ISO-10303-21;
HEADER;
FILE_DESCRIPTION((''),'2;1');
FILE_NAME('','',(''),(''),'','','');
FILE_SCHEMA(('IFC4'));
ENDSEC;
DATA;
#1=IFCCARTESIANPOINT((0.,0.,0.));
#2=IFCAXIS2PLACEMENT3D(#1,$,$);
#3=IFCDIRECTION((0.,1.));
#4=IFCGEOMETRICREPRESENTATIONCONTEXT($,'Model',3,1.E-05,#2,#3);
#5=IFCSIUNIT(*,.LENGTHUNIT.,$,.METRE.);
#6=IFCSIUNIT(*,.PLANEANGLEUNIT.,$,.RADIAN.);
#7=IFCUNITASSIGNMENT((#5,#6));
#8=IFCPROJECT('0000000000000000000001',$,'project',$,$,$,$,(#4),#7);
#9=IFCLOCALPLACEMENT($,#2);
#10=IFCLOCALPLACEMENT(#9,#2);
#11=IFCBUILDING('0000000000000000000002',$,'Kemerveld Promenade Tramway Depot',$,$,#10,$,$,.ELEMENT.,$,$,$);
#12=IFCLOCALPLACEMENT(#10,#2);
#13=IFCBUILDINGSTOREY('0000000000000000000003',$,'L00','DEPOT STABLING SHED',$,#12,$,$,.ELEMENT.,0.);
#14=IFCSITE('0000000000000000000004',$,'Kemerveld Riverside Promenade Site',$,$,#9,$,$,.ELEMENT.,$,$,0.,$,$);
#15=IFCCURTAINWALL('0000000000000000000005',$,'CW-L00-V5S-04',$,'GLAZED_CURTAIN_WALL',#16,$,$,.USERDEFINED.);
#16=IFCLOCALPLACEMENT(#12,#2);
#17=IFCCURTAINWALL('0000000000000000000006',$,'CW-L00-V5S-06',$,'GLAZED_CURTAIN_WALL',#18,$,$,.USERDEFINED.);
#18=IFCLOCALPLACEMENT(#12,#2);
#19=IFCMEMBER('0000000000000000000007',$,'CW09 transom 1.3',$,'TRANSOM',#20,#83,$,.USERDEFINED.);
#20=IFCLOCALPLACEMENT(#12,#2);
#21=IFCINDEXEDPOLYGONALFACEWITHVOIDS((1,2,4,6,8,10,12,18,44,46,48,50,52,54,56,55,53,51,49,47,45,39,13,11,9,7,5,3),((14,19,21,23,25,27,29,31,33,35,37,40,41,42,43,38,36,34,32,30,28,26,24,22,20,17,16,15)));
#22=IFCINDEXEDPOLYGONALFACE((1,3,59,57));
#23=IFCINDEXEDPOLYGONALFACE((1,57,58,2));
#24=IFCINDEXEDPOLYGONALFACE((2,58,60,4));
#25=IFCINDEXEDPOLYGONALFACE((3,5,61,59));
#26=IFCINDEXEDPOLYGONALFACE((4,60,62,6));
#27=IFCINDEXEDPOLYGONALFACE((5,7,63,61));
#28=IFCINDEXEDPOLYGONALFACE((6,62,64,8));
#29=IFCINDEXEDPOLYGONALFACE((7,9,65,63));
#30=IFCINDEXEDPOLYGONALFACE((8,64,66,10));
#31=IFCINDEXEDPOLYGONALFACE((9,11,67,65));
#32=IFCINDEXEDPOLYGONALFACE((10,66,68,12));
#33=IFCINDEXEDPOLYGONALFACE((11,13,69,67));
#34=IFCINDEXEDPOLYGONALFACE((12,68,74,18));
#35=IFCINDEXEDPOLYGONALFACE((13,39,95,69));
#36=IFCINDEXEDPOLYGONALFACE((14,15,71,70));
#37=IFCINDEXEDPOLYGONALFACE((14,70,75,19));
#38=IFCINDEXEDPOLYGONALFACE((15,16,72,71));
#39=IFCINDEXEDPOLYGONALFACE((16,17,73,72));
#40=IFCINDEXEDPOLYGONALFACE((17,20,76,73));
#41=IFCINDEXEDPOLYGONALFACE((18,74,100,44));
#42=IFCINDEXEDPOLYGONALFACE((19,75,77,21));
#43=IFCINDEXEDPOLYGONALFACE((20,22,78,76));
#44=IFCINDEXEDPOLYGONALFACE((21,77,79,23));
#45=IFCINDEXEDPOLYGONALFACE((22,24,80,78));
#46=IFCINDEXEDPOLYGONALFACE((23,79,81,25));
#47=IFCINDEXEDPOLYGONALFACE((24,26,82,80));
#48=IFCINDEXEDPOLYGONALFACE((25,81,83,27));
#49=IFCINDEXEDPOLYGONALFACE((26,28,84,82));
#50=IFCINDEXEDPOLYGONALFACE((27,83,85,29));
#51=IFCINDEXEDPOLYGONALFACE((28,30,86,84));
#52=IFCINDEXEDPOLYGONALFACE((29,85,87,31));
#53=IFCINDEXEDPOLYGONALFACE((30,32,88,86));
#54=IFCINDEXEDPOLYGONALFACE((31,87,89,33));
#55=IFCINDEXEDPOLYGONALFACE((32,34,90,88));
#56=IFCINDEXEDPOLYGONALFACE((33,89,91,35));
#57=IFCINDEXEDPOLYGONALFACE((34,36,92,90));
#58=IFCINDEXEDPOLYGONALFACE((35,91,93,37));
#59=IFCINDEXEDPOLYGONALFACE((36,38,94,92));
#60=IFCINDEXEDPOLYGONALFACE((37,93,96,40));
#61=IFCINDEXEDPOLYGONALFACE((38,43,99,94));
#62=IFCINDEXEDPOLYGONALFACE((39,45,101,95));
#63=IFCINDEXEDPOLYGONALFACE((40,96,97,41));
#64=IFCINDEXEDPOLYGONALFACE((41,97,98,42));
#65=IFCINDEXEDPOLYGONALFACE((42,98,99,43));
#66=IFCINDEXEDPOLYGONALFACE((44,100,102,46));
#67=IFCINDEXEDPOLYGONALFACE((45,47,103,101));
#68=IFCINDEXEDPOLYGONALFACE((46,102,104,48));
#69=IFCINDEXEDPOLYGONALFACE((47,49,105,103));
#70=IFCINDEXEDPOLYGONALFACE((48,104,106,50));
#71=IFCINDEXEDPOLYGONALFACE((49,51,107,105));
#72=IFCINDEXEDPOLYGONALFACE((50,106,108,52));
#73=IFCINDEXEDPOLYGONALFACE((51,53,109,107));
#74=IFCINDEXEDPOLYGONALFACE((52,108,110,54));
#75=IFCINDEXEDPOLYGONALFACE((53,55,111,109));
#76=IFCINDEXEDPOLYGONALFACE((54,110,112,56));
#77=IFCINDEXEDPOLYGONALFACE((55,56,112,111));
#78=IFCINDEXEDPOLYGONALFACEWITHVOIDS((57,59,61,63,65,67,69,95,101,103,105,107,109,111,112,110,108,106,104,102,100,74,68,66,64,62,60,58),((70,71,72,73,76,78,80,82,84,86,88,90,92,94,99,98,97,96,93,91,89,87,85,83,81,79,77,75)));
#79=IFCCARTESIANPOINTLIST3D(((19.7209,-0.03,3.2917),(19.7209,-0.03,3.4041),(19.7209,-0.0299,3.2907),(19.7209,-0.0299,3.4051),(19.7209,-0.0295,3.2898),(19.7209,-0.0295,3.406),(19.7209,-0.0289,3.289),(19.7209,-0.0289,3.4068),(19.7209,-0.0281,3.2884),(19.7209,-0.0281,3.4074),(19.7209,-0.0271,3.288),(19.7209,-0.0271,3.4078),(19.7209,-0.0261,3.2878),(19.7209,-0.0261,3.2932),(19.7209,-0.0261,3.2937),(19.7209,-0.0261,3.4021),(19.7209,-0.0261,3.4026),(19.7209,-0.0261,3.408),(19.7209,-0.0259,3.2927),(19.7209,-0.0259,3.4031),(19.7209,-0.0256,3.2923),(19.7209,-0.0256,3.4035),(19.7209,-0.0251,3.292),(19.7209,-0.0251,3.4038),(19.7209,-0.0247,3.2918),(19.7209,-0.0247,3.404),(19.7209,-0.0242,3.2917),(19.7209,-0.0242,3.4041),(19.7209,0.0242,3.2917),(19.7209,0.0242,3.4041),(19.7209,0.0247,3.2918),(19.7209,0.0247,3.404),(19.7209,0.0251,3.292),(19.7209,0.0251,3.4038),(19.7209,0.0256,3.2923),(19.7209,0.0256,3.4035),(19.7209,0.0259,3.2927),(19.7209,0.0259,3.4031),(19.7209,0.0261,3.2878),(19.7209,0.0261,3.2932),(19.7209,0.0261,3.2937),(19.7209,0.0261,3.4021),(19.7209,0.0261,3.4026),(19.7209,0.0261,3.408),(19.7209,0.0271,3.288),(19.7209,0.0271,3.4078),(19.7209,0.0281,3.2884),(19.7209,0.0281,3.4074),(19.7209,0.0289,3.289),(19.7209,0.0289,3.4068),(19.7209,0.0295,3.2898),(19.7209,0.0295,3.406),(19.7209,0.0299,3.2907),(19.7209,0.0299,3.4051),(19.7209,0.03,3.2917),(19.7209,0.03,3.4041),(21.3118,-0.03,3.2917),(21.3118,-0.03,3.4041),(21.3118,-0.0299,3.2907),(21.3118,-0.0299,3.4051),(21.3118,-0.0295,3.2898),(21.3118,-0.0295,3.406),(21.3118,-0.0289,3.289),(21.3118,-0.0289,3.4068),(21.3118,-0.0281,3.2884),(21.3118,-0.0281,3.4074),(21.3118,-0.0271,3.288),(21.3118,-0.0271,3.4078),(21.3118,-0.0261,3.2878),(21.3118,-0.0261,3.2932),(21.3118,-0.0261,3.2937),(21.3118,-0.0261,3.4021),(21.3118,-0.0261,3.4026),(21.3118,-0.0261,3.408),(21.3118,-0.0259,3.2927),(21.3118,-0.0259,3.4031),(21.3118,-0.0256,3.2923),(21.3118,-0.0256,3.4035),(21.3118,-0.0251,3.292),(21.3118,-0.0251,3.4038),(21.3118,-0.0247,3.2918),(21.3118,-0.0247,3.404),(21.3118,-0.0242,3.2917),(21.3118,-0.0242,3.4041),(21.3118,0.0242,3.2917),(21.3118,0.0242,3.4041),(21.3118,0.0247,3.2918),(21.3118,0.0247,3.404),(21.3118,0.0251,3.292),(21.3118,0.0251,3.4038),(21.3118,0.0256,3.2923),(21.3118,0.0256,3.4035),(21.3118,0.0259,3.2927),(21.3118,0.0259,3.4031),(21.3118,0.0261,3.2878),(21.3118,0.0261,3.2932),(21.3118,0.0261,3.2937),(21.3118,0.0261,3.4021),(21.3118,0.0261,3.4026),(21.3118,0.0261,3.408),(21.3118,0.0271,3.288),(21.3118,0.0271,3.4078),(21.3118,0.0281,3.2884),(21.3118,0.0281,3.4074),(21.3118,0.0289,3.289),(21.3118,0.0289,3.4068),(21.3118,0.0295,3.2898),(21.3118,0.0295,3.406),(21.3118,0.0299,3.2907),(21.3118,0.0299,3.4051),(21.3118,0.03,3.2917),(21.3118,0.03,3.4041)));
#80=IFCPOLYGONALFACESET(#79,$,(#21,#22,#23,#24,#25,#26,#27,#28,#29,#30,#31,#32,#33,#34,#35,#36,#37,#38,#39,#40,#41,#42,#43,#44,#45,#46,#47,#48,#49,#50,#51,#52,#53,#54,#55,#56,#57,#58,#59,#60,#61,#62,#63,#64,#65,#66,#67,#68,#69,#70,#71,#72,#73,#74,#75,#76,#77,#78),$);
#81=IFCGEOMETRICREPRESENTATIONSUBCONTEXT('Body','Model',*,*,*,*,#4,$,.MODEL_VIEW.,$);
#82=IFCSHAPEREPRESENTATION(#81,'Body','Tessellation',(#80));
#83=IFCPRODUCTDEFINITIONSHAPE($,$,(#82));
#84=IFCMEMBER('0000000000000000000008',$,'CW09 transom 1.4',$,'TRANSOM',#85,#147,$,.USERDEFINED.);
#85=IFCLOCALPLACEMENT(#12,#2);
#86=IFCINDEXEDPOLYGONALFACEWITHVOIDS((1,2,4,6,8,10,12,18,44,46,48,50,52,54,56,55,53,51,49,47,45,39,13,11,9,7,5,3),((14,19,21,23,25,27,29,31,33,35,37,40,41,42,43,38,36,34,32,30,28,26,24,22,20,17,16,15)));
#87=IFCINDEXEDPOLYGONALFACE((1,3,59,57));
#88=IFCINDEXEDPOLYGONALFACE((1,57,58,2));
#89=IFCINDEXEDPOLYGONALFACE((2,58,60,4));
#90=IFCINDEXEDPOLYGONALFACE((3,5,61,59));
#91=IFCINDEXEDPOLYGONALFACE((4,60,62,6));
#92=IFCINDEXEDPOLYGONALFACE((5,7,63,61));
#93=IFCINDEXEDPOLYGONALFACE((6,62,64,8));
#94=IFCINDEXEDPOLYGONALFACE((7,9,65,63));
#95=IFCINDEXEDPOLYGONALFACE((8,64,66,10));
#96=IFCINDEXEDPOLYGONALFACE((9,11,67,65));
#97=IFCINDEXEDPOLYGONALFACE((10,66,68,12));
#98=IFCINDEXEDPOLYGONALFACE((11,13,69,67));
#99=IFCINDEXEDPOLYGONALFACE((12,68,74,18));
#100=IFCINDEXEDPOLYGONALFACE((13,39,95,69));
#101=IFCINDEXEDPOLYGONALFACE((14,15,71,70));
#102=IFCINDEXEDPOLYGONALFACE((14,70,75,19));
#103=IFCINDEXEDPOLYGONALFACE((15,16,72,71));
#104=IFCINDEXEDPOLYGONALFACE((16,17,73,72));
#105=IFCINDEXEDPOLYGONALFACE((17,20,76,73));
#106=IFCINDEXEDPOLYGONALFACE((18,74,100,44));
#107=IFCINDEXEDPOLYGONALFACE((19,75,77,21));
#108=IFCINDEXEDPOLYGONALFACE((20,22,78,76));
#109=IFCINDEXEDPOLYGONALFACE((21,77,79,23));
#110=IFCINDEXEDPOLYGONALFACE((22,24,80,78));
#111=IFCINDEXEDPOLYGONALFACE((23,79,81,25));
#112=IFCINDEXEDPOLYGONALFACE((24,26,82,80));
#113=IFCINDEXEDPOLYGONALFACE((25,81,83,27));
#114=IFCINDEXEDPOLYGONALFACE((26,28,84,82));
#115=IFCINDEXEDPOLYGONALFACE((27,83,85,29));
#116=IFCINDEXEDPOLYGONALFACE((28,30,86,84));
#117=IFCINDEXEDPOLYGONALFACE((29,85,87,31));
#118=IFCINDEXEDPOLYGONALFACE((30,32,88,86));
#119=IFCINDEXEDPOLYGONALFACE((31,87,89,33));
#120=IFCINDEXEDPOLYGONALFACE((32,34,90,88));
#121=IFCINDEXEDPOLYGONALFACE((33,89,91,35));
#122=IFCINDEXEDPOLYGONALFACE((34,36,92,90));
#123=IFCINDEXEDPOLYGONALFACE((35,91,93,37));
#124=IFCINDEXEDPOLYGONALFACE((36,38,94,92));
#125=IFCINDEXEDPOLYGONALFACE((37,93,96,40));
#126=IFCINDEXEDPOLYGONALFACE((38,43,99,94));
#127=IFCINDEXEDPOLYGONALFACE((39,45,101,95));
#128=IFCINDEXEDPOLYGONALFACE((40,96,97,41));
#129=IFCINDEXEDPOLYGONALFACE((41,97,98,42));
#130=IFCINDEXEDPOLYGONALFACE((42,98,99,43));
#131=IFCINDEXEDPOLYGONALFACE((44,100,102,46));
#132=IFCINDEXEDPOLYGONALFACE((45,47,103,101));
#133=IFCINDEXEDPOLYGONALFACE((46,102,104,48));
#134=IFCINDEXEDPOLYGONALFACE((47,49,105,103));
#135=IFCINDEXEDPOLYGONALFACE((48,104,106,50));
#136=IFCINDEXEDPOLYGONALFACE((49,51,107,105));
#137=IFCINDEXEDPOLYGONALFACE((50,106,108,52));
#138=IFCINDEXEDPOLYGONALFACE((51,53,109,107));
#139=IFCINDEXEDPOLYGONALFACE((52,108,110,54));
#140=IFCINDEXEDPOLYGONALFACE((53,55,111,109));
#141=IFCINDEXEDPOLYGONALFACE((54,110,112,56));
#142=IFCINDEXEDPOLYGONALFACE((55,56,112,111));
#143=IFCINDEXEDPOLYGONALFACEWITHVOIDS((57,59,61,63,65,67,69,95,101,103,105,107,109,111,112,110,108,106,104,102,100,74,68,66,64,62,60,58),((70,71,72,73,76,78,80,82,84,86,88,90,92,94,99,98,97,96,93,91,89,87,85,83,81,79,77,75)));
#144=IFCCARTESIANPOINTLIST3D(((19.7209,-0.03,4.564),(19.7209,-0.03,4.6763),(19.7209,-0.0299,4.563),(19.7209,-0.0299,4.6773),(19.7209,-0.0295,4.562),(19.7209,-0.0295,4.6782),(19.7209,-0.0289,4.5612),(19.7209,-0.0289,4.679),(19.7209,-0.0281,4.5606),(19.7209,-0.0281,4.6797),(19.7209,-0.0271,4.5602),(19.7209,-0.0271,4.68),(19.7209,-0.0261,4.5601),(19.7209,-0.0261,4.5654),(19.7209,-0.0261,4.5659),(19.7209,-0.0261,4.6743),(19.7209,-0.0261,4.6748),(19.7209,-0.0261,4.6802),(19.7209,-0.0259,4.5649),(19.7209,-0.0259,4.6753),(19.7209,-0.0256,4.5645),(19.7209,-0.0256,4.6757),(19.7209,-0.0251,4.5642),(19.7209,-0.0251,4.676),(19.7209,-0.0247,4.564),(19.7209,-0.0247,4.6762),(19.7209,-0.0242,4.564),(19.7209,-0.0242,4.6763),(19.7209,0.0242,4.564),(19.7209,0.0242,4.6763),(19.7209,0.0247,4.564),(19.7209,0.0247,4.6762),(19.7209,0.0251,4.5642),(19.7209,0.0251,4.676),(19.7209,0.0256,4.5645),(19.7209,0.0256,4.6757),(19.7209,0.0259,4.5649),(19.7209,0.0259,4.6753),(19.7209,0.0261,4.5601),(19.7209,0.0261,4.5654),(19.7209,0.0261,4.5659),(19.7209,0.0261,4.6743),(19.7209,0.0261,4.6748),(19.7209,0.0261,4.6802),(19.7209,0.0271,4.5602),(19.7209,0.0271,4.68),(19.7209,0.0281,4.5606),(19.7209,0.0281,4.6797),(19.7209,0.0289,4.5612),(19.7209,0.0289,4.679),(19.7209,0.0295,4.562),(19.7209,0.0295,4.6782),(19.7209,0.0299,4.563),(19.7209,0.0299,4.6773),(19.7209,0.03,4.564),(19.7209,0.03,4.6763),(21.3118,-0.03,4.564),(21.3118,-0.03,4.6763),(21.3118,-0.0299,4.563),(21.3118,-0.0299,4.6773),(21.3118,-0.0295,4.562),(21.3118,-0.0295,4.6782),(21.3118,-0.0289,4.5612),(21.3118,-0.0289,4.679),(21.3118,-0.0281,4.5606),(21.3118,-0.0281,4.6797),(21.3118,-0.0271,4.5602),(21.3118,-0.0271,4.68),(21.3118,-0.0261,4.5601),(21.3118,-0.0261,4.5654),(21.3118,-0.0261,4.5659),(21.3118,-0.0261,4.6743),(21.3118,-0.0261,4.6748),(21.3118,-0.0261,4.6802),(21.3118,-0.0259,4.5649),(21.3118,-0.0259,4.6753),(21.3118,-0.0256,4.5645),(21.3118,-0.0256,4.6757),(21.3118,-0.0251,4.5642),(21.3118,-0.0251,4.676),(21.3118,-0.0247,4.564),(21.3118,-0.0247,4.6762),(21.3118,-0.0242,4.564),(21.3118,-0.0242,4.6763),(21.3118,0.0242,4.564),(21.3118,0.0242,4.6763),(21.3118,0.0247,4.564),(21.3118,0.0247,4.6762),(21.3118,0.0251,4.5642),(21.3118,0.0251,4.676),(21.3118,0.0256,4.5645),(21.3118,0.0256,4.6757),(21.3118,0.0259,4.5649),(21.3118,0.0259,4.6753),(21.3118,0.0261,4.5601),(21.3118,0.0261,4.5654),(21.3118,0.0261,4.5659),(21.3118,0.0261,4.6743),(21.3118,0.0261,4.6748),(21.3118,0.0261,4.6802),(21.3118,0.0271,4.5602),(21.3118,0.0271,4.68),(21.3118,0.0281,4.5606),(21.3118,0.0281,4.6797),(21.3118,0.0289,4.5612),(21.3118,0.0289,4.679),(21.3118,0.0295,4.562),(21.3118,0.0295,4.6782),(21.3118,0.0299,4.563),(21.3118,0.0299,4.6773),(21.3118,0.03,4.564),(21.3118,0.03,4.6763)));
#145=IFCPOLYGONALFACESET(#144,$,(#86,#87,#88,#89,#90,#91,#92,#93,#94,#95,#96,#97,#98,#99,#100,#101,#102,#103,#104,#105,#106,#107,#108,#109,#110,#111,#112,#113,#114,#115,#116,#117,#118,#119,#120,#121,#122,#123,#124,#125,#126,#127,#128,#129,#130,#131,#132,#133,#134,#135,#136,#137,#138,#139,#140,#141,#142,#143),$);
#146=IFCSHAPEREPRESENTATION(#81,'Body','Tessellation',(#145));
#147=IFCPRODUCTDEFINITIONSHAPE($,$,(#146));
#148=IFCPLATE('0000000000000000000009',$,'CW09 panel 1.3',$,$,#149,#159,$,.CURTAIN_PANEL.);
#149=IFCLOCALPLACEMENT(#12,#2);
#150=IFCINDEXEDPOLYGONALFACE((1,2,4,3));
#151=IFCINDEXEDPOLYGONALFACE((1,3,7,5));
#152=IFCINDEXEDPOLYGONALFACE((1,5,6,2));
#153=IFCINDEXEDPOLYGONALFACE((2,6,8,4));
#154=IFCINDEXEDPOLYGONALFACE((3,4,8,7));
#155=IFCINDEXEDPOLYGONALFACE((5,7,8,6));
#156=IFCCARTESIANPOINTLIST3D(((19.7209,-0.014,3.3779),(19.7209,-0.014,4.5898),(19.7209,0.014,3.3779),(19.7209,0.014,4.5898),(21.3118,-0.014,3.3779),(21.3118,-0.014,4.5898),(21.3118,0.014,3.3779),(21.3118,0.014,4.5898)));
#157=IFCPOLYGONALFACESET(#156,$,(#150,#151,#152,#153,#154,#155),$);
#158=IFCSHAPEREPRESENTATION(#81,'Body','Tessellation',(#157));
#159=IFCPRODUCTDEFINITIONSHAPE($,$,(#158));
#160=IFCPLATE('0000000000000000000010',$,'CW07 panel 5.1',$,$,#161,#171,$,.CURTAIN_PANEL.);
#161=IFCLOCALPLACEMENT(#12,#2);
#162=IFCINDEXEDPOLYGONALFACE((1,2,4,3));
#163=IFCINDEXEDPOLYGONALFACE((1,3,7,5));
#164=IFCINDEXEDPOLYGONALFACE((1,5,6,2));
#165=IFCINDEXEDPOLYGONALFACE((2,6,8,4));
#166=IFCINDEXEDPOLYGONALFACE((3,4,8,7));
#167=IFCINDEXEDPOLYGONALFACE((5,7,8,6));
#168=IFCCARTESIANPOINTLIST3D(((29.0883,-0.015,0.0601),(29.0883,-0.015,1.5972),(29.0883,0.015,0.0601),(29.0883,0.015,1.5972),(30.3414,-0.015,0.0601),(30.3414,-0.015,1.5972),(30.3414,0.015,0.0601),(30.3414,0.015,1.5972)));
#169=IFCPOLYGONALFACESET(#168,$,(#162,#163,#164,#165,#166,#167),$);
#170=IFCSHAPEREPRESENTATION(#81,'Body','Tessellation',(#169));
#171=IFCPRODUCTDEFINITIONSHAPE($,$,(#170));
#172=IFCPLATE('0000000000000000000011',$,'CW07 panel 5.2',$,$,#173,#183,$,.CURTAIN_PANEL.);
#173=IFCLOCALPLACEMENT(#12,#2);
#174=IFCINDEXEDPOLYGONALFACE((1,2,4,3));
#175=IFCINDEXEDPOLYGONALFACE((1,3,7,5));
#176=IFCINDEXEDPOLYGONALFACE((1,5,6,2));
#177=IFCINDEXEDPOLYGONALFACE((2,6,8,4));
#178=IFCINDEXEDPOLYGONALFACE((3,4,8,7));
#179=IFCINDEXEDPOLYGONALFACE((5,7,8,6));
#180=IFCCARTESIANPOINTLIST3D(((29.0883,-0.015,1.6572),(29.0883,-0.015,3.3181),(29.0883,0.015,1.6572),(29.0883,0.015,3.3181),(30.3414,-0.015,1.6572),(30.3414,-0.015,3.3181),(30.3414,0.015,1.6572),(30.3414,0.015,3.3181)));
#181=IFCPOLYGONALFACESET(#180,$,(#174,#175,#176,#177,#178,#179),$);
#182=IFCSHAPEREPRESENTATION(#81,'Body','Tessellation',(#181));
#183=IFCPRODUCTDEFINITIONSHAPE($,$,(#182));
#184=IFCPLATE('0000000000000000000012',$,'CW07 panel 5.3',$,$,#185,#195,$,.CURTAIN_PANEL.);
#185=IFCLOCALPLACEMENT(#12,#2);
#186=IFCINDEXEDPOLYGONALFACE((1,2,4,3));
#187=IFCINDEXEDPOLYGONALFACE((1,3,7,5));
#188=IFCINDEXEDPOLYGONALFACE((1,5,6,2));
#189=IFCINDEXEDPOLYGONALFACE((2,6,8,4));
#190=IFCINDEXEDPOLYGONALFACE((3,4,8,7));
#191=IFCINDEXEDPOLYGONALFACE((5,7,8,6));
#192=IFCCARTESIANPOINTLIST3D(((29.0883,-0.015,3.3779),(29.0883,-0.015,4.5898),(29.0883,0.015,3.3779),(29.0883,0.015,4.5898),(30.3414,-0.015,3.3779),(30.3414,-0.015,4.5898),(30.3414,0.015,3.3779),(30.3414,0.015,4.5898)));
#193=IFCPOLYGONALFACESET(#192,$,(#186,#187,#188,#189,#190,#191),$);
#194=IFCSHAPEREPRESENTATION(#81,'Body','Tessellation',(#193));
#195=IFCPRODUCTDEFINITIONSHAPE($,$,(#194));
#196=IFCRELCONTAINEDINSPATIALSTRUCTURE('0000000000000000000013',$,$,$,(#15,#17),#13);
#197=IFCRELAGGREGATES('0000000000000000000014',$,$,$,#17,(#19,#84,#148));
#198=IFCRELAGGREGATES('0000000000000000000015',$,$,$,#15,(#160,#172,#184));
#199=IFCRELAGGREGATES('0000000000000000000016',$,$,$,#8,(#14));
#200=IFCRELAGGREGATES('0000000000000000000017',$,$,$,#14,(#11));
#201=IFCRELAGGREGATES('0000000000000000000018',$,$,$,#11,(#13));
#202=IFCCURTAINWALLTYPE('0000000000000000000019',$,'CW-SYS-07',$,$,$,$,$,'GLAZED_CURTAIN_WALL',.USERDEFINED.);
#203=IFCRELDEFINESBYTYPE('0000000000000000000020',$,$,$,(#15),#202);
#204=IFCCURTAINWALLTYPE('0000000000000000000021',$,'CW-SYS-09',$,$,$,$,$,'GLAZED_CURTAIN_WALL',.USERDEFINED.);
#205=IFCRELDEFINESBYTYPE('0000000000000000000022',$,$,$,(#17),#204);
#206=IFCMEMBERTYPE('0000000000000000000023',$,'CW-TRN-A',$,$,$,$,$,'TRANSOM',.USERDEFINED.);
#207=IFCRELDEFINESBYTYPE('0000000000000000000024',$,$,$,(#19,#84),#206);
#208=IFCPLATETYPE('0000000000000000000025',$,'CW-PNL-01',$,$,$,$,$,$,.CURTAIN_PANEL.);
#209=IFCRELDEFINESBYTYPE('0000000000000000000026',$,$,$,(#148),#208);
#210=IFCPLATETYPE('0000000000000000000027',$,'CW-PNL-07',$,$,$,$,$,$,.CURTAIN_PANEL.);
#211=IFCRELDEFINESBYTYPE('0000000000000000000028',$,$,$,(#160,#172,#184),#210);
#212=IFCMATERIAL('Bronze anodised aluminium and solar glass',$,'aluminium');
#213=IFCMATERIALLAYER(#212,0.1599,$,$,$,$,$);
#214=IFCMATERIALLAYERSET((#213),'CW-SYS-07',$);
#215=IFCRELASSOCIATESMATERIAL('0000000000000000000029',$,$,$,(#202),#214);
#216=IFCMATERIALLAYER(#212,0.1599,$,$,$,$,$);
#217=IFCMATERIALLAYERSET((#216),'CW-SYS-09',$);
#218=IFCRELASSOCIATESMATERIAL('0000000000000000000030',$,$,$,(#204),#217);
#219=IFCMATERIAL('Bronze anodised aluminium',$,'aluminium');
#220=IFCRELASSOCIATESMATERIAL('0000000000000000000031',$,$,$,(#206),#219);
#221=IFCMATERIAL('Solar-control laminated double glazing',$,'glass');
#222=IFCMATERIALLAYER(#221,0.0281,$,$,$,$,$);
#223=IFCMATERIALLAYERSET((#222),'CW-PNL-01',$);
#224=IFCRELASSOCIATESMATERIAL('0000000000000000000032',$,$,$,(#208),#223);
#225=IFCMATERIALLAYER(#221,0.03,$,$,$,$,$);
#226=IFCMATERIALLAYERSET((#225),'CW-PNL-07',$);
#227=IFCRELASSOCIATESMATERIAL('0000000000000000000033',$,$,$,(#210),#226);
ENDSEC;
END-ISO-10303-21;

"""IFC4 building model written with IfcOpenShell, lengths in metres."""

from ifc_helpers import new_model, si_unit, direction, frame, origin, origin_2d, place, context, subcontext, project, spatial, rectangle, hollow_rectangle, extrude, material, layer, layer_set, material_profile, profile_set, type_object, element, aggregate, save


model = new_model("IFC4")

# Units and contexts
model_context = context("Model", 3, precision=1e-05, world=origin(), true_north=direction((0.0, 1.0)))
body_context = subcontext(model_context, "Body", "Model", "MODEL_VIEW")
ifc_project = project(units=[si_unit("LENGTHUNIT", "METRE"), si_unit("PLANEANGLEUNIT", "RADIAN")], contexts=[model_context])

# Site, building, storey
site_placement = place(None, origin())
site = spatial("IfcSite", under=ifc_project, at=site_placement, Name="Kemerveld Riverside Promenade Site", CompositionType="ELEMENT", RefElevation=0.0)
building_placement = place(site_placement, origin())
building = spatial("IfcBuilding", under=site, at=building_placement, Name="Kemerveld Promenade Tramway Depot", CompositionType="ELEMENT")
storey_placement = place(building_placement, origin())
storey = spatial("IfcBuildingStorey", under=building, at=storey_placement, Name="L00", Description="DEPOT STABLING SHED", CompositionType="ELEMENT", Elevation=0.0)

# Curtain wall
ifc_material_1 = material(Name="Bronze anodised aluminium and solar glass", Category="aluminium")
ifc_layer_1 = layer(ifc_material_1, 0.1599)
ifc_layer_set_1 = layer_set([ifc_layer_1], Name="CW-SYS-07")
curtain_wall_type_1 = type_object("IfcCurtainWallType", Name="CW-SYS-07", ElementType="GLAZED_CURTAIN_WALL", PredefinedType="USERDEFINED", material=ifc_layer_set_1)
curtain_wall_1_placement = place(storey_placement, origin())
curtain_wall_1 = element("IfcCurtainWall", 1, at=curtain_wall_1_placement, inside=storey, type_object=curtain_wall_type_1, Name="CW-L00-V5S-04", ObjectType="GLAZED_CURTAIN_WALL", PredefinedType="USERDEFINED")
ifc_material_2 = material(Name="Bronze anodised aluminium", Category="aluminium")

# Curtain wall
ifc_layer_2 = layer(ifc_material_1, 0.1599)
ifc_layer_set_2 = layer_set([ifc_layer_2], Name="CW-SYS-09")
curtain_wall_type_2 = type_object("IfcCurtainWallType", Name="CW-SYS-09", ElementType="GLAZED_CURTAIN_WALL", PredefinedType="USERDEFINED", material=ifc_layer_set_2)
curtain_wall_2_placement = place(storey_placement, origin())
curtain_wall_2 = element("IfcCurtainWall", 2, at=curtain_wall_2_placement, inside=storey, type_object=curtain_wall_type_2, Name="CW-L00-V5S-06", ObjectType="GLAZED_CURTAIN_WALL", PredefinedType="USERDEFINED")

# Members
ifc_material_profile_1 = material_profile(ifc_material_2, hollow_rectangle(XDim=0.0601, YDim=0.1201, WallThickness=0.0039, InnerFilletRadius=0.002, OuterFilletRadius=0.0039, at=origin_2d()), Name="CW-TRN-120x60")
ifc_profile_set_1 = profile_set([ifc_material_profile_1], Name="Bronze anodised aluminium")
member_type_1 = type_object("IfcMemberType", Name="CW-TRN-A", ElementType="TRANSOM", PredefinedType="USERDEFINED", material=ifc_profile_set_1)
member_1_placement = place(storey_placement, frame((21.3118, 0.0, 3.3479), z_axis=(-1.0, 0.0, 0.0), x_axis=(0.0, -1.0, 0.0)))
member_1 = element("IfcMember", 3, at=member_1_placement, type_object=member_type_1, Name="CW09 transom 1.3", ObjectType="TRANSOM", PredefinedType="USERDEFINED", context=body_context, shape_type="SweptSolid", body=[
    extrude(hollow_rectangle(XDim=0.0601, YDim=0.1201, WallThickness=0.0039, InnerFilletRadius=0.002, OuterFilletRadius=0.0039, at=origin_2d()), origin(), (0.0, 0.0, 1.0), 1.5908),
])
member_2_placement = place(storey_placement, frame((21.3118, 0.0, 4.6201), z_axis=(-1.0, 0.0, 0.0), x_axis=(0.0, -1.0, 0.0)))
member_2 = element("IfcMember", 4, at=member_2_placement, type_object=member_type_1, Name="CW09 transom 1.4", ObjectType="TRANSOM", PredefinedType="USERDEFINED", context=body_context, shape_type="SweptSolid", body=[
    extrude(hollow_rectangle(XDim=0.0601, YDim=0.1201, WallThickness=0.0039, InnerFilletRadius=0.002, OuterFilletRadius=0.0039, at=origin_2d()), origin(), (0.0, 0.0, 1.0), 1.5908),
])

# Plates
ifc_material_3 = material(Name="Solar-control laminated double glazing", Category="glass")
ifc_layer_3 = layer(ifc_material_3, 0.0281)
ifc_layer_set_3 = layer_set([ifc_layer_3], Name="CW-PNL-01")
plate_type_1 = type_object("IfcPlateType", Name="CW-PNL-01", PredefinedType="CURTAIN_PANEL", material=ifc_layer_set_3)
plate_1_placement = place(storey_placement, frame((20.5164, 0.0, 3.3779), z_axis=(0.0, 0.0, 1.0), x_axis=(-1.0, 0.0, 0.0)))
plate_1 = element("IfcPlate", 5, at=plate_1_placement, type_object=plate_type_1, Name="CW09 panel 1.3", PredefinedType="CURTAIN_PANEL", context=body_context, shape_type="SweptSolid", body=[
    extrude(rectangle(XDim=1.5908, YDim=0.0281, at=origin_2d()), origin(), (0.0, 0.0, 1.0), 1.2119),
])
aggregate(curtain_wall_2, [member_1, member_2, plate_1])
ifc_layer_4 = layer(ifc_material_3, 0.03)
ifc_layer_set_4 = layer_set([ifc_layer_4], Name="CW-PNL-07")
plate_type_2 = type_object("IfcPlateType", Name="CW-PNL-07", PredefinedType="CURTAIN_PANEL", material=ifc_layer_set_4)
plate_2_placement = place(storey_placement, frame((29.7148, 0.0, 0.0601), z_axis=(0.0, 0.0, 1.0), x_axis=(-1.0, 0.0, 0.0)))
plate_2 = element("IfcPlate", 6, at=plate_2_placement, type_object=plate_type_2, Name="CW07 panel 5.1", PredefinedType="CURTAIN_PANEL", context=body_context, shape_type="SweptSolid", body=[
    extrude(rectangle(XDim=1.2532, YDim=0.03, at=origin_2d()), origin(), (0.0, 0.0, 1.0), 1.5371),
])
plate_3_placement = place(storey_placement, frame((29.7148, 0.0, 1.6572), z_axis=(0.0, 0.0, 1.0), x_axis=(-1.0, 0.0, 0.0)))
plate_3 = element("IfcPlate", 7, at=plate_3_placement, type_object=plate_type_2, Name="CW07 panel 5.2", PredefinedType="CURTAIN_PANEL", context=body_context, shape_type="SweptSolid", body=[
    extrude(rectangle(XDim=1.2532, YDim=0.03, at=origin_2d()), origin(), (0.0, 0.0, 1.0), 1.6609),
])
plate_4_placement = place(storey_placement, frame((29.7148, 0.0, 3.3779), z_axis=(0.0, 0.0, 1.0), x_axis=(-1.0, 0.0, 0.0)))
plate_4 = element("IfcPlate", 8, at=plate_4_placement, type_object=plate_type_2, Name="CW07 panel 5.3", PredefinedType="CURTAIN_PANEL", context=body_context, shape_type="SweptSolid", body=[
    extrude(rectangle(XDim=1.2532, YDim=0.03, at=origin_2d()), origin(), (0.0, 0.0, 1.0), 1.2119),
])
aggregate(curtain_wall_1, [plate_2, plate_3, plate_4])

save(model, "model.ifc")
